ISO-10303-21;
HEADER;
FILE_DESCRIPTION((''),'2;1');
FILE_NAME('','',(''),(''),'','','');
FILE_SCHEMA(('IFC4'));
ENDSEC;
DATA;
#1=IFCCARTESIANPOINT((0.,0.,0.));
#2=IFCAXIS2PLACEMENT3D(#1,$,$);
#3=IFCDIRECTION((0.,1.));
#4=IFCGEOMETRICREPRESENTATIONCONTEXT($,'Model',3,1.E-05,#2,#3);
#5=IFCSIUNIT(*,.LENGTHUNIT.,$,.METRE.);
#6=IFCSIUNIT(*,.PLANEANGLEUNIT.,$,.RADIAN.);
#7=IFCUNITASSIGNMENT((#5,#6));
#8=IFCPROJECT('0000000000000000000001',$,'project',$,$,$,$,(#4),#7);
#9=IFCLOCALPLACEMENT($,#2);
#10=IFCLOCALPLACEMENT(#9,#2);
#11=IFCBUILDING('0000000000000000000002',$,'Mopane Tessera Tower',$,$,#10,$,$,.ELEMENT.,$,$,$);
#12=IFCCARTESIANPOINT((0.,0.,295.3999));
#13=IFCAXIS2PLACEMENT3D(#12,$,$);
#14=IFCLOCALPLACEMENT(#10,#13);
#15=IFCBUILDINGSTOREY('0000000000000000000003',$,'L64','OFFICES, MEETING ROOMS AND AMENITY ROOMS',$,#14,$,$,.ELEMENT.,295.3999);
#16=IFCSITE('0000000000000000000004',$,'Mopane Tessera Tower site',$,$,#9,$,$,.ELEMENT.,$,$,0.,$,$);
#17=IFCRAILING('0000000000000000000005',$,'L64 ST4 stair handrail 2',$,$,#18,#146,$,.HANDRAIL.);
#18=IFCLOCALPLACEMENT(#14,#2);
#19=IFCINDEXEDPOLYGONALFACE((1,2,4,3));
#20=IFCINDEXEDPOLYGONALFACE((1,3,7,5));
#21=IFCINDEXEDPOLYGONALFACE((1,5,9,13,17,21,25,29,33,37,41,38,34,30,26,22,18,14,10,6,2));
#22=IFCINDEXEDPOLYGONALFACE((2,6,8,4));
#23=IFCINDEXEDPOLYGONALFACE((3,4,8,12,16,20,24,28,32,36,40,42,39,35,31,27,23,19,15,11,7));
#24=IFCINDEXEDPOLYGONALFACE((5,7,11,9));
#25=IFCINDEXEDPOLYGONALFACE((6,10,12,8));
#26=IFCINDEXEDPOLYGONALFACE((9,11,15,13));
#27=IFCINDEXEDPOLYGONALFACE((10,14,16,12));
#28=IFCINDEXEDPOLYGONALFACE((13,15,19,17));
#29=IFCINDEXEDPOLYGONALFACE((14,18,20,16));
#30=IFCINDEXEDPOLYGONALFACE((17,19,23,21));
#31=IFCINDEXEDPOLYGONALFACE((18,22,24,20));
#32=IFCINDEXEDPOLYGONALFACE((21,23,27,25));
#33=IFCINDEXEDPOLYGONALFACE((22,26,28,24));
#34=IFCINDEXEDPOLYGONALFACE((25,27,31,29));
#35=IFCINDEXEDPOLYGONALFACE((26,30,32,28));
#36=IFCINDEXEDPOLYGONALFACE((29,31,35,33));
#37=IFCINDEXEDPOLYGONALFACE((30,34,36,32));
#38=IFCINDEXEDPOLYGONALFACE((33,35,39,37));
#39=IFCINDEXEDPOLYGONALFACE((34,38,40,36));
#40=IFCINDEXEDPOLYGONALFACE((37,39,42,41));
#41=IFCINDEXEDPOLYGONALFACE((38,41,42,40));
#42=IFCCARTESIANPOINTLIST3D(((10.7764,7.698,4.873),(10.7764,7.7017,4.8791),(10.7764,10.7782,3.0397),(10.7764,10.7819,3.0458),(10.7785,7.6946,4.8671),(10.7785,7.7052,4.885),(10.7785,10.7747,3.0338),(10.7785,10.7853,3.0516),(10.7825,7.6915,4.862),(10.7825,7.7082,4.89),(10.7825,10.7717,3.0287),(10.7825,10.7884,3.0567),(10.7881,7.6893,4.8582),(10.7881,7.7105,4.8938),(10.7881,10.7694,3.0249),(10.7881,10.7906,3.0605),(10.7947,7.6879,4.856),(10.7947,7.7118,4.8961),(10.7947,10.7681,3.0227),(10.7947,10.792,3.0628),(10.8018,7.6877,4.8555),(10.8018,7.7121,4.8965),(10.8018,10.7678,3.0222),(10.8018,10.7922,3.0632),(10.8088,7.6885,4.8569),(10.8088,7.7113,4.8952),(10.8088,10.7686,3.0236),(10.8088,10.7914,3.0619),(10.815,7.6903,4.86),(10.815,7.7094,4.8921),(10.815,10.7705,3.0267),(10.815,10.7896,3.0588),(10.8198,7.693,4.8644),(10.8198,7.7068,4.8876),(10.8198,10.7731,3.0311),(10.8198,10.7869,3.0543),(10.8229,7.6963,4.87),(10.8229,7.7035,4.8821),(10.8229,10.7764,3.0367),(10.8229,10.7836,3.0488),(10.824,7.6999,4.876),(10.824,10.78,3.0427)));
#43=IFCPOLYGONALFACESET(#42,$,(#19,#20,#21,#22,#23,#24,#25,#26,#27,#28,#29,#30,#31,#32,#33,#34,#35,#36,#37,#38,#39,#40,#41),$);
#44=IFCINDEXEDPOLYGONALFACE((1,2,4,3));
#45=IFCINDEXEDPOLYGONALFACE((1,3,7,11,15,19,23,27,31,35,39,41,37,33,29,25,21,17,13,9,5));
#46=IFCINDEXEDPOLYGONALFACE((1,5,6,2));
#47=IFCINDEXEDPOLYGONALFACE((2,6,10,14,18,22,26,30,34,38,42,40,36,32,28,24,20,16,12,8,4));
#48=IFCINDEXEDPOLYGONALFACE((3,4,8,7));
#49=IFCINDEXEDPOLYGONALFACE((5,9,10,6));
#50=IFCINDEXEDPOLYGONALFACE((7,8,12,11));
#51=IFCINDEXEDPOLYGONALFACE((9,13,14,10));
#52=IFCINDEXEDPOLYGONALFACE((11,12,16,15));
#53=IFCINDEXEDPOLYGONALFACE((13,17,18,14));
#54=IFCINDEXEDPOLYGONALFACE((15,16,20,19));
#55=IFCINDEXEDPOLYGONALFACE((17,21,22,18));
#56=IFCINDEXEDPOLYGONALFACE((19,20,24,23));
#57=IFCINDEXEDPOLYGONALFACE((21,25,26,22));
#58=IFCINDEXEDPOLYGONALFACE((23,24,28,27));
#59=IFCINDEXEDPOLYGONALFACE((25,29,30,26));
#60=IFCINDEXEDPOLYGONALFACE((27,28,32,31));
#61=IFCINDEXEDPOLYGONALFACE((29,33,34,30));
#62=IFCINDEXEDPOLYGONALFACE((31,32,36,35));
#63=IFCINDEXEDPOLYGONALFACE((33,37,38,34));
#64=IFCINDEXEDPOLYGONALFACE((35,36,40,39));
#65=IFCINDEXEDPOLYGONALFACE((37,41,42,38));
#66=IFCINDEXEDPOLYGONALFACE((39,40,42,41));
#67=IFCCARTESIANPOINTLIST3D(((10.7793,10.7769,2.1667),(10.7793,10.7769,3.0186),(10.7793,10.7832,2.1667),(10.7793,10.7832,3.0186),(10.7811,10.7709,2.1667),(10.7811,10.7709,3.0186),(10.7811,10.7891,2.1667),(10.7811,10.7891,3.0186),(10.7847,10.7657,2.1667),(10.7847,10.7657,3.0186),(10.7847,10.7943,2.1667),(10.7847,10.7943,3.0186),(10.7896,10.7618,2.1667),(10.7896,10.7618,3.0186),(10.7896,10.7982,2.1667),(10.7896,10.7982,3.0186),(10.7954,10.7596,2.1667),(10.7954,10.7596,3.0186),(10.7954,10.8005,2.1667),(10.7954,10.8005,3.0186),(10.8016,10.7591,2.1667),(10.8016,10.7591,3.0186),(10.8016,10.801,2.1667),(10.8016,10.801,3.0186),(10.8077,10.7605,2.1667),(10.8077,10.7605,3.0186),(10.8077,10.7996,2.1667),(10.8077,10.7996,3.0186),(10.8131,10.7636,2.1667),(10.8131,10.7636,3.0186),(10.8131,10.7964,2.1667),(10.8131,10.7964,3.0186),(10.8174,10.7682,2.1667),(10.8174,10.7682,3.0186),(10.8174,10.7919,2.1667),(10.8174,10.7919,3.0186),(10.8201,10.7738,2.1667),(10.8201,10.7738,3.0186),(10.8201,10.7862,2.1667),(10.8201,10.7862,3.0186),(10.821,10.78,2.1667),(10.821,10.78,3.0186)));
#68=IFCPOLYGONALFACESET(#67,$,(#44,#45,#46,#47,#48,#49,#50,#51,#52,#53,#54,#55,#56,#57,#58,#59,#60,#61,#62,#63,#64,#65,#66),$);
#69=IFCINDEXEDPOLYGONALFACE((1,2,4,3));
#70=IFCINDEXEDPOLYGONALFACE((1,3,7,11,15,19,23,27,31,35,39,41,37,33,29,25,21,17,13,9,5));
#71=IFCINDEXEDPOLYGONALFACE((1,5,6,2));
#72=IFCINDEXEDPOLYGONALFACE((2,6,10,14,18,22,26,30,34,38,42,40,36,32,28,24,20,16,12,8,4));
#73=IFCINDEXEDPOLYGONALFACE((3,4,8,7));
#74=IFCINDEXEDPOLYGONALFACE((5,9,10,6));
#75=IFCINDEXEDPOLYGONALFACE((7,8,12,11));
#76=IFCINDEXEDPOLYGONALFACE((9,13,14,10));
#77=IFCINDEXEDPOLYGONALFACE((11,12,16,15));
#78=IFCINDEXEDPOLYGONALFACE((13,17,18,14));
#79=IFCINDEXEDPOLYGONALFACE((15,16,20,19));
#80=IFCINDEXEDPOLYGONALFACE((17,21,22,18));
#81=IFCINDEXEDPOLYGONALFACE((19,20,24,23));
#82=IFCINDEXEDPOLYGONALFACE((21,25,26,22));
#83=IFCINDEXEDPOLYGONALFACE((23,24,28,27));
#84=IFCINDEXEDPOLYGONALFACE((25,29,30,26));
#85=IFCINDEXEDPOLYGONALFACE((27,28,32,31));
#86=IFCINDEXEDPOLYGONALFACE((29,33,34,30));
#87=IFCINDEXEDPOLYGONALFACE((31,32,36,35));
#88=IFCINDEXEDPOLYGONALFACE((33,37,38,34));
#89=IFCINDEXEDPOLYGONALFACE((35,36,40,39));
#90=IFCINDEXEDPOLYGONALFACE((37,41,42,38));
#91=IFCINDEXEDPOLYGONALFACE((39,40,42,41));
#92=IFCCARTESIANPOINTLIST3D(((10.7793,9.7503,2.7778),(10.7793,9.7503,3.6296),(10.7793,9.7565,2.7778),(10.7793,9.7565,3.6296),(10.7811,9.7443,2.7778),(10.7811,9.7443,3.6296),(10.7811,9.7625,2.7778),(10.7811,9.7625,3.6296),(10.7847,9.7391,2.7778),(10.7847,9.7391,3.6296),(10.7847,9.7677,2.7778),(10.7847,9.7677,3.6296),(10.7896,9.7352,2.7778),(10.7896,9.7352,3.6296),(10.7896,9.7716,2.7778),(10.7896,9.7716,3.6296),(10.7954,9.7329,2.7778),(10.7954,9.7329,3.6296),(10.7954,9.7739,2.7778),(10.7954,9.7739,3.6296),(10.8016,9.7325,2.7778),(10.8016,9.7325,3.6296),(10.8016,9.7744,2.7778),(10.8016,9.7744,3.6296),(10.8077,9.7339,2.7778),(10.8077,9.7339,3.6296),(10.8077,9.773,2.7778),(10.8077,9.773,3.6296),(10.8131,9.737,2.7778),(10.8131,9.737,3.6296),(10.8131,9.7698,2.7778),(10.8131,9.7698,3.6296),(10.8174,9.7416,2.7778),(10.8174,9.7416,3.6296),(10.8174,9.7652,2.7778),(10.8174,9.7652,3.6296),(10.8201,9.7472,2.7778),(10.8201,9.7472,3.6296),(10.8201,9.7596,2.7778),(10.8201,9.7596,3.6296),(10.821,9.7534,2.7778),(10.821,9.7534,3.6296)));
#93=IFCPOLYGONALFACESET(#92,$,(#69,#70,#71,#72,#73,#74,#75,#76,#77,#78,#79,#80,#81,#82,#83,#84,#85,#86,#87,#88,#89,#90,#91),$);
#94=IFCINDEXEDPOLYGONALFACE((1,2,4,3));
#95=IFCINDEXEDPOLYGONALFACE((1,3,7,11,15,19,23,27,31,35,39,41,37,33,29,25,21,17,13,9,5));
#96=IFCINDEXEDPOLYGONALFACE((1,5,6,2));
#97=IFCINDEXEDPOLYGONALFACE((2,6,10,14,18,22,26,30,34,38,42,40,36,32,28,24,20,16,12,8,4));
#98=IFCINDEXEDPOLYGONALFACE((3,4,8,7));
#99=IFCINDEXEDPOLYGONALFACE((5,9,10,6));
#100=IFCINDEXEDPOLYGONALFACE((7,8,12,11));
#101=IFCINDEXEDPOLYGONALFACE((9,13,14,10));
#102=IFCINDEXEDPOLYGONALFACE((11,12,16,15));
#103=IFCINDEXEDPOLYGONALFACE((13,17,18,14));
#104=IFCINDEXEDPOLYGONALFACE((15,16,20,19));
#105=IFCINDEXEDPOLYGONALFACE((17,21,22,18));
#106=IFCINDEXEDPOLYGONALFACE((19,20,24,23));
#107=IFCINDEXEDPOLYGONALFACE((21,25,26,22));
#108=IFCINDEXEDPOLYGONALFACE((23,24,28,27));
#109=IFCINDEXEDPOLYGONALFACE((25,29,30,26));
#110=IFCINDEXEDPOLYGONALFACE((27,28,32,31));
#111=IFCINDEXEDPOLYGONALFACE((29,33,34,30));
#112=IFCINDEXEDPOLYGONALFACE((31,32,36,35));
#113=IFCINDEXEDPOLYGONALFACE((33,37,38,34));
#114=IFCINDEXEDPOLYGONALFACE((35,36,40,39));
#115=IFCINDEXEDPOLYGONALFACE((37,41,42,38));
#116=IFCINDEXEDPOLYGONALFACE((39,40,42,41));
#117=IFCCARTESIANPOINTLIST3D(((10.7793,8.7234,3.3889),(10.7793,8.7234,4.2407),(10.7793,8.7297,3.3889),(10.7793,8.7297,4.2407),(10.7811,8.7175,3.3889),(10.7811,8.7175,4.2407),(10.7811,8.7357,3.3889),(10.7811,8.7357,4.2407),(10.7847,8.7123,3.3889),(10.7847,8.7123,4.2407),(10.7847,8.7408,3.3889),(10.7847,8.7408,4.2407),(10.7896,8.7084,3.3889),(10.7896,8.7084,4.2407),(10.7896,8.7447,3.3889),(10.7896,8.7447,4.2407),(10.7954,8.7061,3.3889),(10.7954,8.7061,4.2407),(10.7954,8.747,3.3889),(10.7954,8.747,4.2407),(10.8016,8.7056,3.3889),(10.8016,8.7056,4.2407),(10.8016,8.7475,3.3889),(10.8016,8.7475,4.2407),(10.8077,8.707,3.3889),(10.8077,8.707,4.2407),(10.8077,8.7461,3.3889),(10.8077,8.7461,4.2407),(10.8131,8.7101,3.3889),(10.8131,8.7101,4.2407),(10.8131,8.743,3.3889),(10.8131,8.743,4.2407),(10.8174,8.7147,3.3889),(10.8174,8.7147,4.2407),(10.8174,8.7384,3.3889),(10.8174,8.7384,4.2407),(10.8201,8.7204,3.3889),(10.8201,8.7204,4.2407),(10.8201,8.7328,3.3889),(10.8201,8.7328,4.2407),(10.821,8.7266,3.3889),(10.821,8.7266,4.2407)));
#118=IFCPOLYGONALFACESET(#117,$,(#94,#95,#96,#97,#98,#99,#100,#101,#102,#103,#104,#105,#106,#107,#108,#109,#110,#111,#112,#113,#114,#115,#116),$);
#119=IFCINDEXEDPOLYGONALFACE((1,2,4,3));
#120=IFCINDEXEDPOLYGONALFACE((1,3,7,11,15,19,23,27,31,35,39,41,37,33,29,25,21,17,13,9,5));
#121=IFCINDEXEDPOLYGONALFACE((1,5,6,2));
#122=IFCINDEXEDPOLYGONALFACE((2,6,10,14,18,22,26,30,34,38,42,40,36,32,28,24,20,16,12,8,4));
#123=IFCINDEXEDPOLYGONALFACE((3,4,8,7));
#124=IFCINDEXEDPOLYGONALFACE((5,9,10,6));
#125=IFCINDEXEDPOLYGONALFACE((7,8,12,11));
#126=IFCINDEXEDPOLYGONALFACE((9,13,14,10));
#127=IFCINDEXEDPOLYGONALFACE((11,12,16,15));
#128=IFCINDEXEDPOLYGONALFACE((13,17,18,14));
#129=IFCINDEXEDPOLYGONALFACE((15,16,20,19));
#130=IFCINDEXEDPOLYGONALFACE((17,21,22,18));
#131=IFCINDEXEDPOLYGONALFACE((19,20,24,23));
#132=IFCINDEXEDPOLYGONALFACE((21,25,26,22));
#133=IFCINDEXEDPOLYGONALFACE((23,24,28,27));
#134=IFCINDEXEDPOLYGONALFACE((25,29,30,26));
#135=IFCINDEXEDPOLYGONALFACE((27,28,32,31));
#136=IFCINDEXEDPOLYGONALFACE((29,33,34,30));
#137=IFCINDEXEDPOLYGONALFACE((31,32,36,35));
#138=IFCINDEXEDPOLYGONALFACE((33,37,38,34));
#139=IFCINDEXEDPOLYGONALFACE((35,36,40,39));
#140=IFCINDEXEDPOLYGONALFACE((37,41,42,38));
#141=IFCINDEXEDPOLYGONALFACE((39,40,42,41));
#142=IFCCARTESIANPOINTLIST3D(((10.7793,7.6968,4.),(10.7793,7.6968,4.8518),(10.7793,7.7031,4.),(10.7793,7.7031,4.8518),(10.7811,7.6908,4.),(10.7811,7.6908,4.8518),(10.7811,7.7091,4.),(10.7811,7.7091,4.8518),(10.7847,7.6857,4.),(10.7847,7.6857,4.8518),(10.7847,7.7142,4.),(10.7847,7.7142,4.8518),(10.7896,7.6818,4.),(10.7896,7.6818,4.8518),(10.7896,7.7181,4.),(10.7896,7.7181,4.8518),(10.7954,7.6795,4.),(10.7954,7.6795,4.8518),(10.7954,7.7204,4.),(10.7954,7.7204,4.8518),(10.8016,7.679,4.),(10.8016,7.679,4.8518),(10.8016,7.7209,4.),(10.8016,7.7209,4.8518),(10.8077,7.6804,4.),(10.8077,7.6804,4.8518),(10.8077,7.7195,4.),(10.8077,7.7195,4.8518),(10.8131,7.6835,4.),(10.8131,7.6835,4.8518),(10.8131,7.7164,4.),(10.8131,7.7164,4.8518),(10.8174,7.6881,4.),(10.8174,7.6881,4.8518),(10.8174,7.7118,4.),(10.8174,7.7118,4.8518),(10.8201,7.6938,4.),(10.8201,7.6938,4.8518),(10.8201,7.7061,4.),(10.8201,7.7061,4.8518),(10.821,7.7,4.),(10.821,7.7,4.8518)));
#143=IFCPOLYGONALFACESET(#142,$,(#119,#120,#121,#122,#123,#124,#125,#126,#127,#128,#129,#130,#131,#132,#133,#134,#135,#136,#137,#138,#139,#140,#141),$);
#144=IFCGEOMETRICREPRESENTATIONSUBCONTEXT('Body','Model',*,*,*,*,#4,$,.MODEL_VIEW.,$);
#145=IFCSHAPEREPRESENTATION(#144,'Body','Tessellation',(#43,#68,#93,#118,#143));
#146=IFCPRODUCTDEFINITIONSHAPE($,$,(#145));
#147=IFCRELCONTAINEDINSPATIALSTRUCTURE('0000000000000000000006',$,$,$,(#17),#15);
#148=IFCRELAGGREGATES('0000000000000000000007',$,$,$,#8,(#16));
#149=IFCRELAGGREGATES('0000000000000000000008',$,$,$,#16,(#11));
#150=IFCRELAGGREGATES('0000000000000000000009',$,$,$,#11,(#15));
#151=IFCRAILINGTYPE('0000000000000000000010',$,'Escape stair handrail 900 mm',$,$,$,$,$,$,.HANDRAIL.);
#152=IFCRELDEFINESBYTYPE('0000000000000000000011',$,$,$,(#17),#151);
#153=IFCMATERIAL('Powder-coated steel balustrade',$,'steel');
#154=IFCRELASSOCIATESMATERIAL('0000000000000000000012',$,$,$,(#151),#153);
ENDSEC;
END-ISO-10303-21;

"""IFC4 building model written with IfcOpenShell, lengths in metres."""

from ifc_helpers import new_model, si_unit, direction, frame, origin, origin_2d, place, context, subcontext, project, spatial, circle, extrude, material, type_object, element, save


model = new_model("IFC4")

# Units and contexts
model_context = context("Model", 3, precision=1e-05, world=origin(), true_north=direction((0.0, 1.0)))
body_context = subcontext(model_context, "Body", "Model", "MODEL_VIEW")
ifc_project = project(units=[si_unit("LENGTHUNIT", "METRE"), si_unit("PLANEANGLEUNIT", "RADIAN")], contexts=[model_context])

# Site, building, storey
site_placement = place(None, origin())
site = spatial("IfcSite", under=ifc_project, at=site_placement, Name="Mopane Tessera Tower site", CompositionType="ELEMENT", RefElevation=0.0)
building_placement = place(site_placement, origin())
building = spatial("IfcBuilding", under=site, at=building_placement, Name="Mopane Tessera Tower", CompositionType="ELEMENT")
storey_placement = place(building_placement, frame((0.0, 0.0, 295.3999)))
storey = spatial("IfcBuildingStorey", under=building, at=storey_placement, Name="L64", Description="OFFICES, MEETING ROOMS AND AMENITY ROOMS", CompositionType="ELEMENT", Elevation=295.3999)

# Railing
ifc_material_1 = material(Name="Powder-coated steel balustrade", Category="steel")
railing_type = type_object("IfcRailingType", Name="Escape stair handrail 900 mm", PredefinedType="HANDRAIL", material=ifc_material_1)
railing_placement = place(storey_placement, frame((10.8, 10.78, 2.1667)))
element("IfcRailing", 1, at=railing_placement, inside=storey, type_object=railing_type, Name="L64 ST4 stair handrail 2", PredefinedType="HANDRAIL", context=body_context, shape_type="SweptSolid", body=[
    extrude(circle(Radius=0.0239, at=origin_2d()), frame((0.0, 0.0, 0.876), z_axis=(0.0, -0.859309, 0.511458), x_axis=(1.0, 0.0, 0.0)), (0.0, 0.0, 1.0), 3.5845),
    extrude(circle(Radius=0.021, at=origin_2d()), origin(), (0.0, 0.0, 1.0), 0.8518),
    extrude(circle(Radius=0.021, at=origin_2d()), frame((0.0, -1.0266, 0.6111)), (0.0, 0.0, 1.0), 0.8518),
    extrude(circle(Radius=0.021, at=origin_2d()), frame((0.0, -2.0535, 1.2222)), (0.0, 0.0, 1.0), 0.8518),
    extrude(circle(Radius=0.021, at=origin_2d()), frame((0.0, -3.0801, 1.8333)), (0.0, 0.0, 1.0), 0.8518),
])

save(model, "model.ifc")
